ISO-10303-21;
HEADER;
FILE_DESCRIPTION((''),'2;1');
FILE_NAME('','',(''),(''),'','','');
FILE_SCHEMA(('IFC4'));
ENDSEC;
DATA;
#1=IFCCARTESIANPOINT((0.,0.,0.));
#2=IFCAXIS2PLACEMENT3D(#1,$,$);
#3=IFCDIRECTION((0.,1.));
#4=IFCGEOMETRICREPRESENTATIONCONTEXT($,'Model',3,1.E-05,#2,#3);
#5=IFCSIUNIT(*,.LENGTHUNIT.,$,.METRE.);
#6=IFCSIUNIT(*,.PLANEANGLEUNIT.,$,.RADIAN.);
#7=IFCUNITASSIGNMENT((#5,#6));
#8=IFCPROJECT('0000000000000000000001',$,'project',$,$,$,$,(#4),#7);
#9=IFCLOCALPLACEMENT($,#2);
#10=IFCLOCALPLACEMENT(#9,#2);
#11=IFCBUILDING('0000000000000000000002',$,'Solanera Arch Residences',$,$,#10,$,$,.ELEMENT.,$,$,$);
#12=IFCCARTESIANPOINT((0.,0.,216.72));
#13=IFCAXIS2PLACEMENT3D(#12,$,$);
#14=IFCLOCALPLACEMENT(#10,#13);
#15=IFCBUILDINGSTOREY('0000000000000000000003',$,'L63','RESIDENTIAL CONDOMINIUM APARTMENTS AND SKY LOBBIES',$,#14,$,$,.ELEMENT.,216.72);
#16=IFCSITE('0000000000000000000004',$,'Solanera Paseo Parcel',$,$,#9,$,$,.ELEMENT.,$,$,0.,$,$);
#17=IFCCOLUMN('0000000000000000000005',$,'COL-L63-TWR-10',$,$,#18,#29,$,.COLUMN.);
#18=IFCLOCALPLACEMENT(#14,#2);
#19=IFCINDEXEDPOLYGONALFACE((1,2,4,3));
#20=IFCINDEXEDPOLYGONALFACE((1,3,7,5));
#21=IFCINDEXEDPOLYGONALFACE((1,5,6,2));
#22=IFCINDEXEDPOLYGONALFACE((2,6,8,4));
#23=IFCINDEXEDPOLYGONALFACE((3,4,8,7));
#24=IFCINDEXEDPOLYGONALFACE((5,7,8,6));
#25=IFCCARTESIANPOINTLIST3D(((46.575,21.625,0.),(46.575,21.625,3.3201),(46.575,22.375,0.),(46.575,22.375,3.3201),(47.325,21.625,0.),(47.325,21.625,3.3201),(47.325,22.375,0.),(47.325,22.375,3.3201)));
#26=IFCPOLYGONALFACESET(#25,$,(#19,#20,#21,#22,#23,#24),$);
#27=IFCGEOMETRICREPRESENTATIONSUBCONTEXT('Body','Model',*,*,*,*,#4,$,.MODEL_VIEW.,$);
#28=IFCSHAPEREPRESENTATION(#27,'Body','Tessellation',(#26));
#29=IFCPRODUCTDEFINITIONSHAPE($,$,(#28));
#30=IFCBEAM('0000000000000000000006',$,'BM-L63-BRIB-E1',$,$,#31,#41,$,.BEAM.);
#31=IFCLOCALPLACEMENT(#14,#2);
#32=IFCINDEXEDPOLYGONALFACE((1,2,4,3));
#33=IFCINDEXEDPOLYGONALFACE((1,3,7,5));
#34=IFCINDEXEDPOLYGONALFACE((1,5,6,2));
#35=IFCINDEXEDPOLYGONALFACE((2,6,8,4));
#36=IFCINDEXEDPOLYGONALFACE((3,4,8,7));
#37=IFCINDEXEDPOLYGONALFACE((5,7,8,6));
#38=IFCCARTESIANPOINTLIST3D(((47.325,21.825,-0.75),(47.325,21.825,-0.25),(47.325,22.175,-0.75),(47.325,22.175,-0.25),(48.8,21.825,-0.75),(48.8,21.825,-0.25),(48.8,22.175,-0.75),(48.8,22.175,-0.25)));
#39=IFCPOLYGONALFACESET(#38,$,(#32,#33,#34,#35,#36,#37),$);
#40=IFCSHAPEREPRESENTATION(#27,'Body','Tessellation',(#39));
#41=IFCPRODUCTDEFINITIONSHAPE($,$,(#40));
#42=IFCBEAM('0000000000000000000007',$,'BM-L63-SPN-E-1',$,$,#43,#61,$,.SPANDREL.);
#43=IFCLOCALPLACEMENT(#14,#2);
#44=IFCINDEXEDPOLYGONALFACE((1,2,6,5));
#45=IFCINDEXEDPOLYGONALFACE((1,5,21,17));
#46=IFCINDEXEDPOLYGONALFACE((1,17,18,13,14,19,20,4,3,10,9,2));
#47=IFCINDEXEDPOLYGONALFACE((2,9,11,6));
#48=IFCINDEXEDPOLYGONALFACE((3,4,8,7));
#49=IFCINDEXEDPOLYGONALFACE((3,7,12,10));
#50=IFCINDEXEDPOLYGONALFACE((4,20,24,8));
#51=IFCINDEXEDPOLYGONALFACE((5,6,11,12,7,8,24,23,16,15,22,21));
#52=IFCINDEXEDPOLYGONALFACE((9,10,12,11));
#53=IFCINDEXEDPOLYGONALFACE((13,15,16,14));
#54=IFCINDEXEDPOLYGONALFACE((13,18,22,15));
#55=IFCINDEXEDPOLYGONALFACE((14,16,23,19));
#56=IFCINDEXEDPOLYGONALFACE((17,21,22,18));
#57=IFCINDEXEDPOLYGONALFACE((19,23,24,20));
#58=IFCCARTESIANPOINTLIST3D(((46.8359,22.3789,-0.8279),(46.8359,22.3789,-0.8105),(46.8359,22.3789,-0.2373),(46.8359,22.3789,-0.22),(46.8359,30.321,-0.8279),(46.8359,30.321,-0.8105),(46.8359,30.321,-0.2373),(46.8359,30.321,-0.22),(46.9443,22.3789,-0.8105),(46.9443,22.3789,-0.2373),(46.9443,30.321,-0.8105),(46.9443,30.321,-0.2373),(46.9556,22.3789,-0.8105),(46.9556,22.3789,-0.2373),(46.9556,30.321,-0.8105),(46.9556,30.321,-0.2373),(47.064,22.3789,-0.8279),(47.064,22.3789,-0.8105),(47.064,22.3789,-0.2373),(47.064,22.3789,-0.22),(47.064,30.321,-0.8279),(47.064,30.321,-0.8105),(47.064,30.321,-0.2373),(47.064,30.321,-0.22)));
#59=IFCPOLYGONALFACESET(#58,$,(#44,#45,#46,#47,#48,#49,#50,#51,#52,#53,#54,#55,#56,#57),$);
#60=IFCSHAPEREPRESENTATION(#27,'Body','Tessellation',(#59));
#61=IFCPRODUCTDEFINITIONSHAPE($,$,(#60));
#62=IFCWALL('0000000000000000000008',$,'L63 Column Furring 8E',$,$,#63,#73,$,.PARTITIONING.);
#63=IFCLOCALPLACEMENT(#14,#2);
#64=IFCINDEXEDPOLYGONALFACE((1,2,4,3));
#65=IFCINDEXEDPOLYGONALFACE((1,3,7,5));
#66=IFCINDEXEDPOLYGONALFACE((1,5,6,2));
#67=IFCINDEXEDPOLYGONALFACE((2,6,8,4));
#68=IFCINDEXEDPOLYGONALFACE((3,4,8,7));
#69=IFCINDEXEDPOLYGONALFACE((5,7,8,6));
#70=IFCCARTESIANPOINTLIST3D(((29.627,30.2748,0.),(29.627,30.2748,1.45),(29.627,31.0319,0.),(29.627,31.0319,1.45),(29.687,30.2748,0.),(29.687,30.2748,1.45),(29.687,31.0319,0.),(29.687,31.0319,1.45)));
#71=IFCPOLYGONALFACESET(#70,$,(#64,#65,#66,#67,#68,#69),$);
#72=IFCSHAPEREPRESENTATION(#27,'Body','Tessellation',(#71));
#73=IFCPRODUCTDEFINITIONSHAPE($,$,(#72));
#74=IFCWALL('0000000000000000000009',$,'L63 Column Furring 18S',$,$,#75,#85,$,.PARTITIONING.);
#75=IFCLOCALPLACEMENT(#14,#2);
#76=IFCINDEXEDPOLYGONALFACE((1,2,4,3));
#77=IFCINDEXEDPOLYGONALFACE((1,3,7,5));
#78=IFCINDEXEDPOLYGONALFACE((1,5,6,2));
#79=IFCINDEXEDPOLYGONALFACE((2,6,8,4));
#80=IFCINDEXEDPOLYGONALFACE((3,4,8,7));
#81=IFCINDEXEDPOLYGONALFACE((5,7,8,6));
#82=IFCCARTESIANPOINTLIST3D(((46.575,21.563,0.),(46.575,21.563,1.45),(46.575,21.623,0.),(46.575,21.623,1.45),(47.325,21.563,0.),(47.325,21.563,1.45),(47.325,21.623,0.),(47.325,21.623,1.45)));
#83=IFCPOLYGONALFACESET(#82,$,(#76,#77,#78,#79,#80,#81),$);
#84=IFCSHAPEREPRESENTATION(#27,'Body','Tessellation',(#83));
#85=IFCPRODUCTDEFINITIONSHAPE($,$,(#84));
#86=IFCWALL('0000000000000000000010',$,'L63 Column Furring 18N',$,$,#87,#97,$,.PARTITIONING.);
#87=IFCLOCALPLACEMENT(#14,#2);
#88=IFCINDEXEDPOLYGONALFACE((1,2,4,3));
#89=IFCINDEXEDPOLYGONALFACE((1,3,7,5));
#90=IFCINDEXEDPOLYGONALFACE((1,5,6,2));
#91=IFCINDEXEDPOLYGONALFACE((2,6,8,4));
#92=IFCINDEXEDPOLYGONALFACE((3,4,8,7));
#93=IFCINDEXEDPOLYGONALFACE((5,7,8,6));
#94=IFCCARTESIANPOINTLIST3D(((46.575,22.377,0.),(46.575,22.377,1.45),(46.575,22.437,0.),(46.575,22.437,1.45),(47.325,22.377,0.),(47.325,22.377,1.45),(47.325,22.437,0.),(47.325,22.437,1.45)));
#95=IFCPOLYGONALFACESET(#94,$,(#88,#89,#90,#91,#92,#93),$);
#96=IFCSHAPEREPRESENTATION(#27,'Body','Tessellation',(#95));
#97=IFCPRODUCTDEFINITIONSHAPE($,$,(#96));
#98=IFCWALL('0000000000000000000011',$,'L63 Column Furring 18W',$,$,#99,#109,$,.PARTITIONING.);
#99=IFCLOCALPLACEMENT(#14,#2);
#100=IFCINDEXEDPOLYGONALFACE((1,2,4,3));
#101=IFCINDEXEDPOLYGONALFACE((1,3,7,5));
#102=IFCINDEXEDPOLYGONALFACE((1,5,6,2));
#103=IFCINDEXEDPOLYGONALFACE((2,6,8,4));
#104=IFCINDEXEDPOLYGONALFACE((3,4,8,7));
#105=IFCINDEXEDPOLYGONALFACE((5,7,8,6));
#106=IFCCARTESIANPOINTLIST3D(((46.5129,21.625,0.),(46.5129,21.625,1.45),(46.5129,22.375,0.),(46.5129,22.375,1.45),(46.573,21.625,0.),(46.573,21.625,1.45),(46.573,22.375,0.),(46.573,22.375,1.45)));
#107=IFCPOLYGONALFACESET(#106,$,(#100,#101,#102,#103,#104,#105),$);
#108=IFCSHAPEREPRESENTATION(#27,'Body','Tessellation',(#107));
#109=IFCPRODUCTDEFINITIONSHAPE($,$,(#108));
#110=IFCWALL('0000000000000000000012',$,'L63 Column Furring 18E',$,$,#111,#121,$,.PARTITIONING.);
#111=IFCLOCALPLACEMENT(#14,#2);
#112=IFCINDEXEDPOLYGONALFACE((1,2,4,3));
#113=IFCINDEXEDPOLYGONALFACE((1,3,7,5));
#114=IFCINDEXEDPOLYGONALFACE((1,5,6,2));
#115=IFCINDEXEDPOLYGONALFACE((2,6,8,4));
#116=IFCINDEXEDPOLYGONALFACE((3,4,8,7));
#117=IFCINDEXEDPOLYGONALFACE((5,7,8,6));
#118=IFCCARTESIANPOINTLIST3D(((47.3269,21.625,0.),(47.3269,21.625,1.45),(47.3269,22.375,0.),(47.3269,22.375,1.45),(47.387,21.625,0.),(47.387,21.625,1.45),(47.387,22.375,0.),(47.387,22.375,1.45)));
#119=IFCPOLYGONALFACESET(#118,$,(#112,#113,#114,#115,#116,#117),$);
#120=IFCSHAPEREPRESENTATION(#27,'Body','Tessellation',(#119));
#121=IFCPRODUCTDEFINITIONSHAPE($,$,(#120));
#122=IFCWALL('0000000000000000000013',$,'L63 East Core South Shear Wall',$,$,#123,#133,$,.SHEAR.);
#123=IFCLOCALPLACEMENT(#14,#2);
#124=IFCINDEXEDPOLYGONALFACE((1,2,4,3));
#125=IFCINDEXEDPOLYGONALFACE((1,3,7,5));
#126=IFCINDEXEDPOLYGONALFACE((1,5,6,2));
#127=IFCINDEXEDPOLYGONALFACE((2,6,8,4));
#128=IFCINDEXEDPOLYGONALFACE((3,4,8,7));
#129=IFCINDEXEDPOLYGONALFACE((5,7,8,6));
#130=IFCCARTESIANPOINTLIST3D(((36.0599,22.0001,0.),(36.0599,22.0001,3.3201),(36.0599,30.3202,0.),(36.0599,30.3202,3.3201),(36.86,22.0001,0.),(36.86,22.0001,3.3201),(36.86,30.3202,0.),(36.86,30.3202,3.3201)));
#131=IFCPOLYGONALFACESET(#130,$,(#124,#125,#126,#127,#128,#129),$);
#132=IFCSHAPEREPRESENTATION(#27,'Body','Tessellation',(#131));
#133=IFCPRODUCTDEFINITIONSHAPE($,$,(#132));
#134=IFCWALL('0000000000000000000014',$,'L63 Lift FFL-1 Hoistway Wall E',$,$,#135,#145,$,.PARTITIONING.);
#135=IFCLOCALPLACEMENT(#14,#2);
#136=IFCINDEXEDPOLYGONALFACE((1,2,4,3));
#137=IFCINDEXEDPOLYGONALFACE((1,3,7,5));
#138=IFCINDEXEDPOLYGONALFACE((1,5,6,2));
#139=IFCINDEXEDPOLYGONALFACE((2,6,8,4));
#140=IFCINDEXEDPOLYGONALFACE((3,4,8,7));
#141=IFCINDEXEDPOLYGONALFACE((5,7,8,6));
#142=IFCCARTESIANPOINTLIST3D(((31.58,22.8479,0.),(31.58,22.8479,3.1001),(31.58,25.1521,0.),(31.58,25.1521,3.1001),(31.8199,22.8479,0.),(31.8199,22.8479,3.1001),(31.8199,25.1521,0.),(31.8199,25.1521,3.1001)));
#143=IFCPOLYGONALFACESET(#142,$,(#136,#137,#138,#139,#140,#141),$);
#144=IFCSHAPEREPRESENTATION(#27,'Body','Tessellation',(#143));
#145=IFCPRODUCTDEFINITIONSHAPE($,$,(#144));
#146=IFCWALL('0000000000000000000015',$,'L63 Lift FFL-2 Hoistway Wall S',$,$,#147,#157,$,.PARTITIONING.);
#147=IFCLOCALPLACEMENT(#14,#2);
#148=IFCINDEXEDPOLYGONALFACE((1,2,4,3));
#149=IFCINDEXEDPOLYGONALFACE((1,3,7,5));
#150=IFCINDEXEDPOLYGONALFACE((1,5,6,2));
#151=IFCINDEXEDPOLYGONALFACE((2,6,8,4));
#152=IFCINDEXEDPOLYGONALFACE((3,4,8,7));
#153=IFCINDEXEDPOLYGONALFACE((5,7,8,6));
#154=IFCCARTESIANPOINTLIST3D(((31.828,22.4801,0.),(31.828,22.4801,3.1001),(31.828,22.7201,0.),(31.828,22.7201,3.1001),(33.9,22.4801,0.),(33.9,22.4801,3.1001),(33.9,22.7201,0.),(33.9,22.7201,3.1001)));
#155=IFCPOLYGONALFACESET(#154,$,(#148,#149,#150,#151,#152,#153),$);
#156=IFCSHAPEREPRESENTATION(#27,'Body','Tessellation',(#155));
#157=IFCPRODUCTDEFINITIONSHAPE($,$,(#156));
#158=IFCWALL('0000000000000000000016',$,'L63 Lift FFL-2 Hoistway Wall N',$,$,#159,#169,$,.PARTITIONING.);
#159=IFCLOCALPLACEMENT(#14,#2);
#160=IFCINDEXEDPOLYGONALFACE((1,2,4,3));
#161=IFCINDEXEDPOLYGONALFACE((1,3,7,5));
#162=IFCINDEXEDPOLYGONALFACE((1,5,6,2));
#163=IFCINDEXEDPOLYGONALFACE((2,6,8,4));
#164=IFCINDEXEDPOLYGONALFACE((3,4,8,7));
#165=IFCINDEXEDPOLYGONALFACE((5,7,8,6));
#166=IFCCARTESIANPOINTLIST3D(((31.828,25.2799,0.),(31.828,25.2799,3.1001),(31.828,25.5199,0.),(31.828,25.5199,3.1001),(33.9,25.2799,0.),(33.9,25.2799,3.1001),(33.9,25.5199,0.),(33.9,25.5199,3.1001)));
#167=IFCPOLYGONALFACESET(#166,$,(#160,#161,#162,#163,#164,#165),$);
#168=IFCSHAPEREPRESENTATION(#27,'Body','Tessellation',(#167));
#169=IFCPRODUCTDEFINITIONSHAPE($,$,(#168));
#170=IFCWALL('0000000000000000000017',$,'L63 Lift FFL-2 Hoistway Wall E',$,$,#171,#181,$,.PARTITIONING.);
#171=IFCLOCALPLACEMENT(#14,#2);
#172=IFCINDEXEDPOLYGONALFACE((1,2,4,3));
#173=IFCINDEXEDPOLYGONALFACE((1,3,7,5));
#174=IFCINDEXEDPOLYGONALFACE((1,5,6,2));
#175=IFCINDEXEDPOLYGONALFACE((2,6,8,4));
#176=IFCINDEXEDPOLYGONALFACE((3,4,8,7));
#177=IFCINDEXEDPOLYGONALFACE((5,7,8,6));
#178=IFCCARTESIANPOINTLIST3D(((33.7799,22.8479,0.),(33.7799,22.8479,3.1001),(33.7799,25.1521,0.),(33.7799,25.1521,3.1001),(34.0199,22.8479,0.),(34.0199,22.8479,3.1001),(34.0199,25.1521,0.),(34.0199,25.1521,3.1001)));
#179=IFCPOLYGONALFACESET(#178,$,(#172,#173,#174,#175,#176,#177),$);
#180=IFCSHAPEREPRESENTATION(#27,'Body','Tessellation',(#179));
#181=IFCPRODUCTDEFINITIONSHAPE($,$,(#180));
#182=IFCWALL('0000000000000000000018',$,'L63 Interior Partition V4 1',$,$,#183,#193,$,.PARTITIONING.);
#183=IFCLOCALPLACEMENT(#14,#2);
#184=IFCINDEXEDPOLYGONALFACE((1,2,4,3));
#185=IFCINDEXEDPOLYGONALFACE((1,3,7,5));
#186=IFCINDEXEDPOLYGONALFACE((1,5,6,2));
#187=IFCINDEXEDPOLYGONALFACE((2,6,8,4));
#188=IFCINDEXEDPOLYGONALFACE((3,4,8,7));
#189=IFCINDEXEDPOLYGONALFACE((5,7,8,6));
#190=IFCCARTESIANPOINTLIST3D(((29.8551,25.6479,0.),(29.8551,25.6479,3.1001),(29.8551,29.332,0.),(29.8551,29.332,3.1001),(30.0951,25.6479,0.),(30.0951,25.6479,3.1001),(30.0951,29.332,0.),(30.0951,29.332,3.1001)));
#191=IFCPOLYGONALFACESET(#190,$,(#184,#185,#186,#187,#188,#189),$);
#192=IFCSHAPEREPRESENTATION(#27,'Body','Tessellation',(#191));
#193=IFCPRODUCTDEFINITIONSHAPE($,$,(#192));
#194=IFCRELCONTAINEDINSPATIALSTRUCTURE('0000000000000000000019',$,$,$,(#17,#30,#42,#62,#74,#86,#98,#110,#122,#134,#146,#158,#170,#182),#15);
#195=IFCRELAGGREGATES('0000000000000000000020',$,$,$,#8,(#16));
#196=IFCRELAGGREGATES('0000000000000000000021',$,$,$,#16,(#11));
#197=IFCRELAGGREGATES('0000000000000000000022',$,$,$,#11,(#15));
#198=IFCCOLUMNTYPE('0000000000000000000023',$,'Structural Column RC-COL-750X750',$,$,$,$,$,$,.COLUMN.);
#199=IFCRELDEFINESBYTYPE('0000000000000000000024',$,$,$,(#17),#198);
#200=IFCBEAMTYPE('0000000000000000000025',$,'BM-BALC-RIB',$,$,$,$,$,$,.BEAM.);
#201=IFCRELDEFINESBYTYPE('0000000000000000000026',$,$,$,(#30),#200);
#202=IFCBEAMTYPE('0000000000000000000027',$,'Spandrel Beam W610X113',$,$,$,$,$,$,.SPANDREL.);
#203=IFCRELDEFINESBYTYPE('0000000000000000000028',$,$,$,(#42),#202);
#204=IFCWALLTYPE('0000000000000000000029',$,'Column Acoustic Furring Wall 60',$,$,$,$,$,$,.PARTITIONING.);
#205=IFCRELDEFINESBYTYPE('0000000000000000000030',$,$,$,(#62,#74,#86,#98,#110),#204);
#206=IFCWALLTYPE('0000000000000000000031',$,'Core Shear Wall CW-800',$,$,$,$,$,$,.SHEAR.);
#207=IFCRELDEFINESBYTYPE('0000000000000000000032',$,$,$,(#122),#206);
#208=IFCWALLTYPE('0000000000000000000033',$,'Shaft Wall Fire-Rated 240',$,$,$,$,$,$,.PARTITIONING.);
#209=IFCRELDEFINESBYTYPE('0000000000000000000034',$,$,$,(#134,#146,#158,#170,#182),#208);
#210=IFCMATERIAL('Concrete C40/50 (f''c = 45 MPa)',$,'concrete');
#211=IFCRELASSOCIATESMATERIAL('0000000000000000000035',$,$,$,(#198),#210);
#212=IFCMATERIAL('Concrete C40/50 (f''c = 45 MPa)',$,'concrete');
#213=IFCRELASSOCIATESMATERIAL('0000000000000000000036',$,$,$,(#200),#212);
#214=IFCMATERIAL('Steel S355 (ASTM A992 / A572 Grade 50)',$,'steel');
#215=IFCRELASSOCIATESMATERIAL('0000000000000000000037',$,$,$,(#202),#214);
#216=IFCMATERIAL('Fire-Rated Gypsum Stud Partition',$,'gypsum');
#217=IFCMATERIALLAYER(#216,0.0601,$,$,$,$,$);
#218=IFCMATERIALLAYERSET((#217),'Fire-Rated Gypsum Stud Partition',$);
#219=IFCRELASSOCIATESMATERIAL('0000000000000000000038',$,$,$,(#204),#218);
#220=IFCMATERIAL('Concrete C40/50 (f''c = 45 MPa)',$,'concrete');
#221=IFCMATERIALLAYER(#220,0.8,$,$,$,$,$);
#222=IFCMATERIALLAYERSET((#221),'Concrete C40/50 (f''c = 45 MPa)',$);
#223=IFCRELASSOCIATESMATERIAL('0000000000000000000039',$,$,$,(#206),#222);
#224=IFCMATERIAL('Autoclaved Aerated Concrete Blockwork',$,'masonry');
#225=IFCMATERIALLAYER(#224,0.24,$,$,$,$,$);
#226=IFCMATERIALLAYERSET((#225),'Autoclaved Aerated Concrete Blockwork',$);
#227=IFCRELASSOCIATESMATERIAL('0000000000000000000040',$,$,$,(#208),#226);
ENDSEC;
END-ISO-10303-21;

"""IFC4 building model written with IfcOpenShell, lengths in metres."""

from ifc_helpers import new_model, si_unit, direction, frame, frame_2d, origin, origin_2d, place, context, subcontext, project, spatial, rectangle, i_section, extrude, material, layer, layer_set, material_profile, profile_set, type_object, element, save


model = new_model("IFC4")

# Units and contexts
model_context = context("Model", 3, precision=1e-05, world=origin(), true_north=direction((0.0, 1.0)))
body_context = subcontext(model_context, "Body", "Model", "MODEL_VIEW")
ifc_project = project(units=[si_unit("LENGTHUNIT", "METRE"), si_unit("PLANEANGLEUNIT", "RADIAN")], contexts=[model_context])

# Site, building, storey
site_placement = place(None, origin())
site = spatial("IfcSite", under=ifc_project, at=site_placement, Name="Solanera Paseo Parcel", CompositionType="ELEMENT", RefElevation=0.0)
building_placement = place(site_placement, origin())
building = spatial("IfcBuilding", under=site, at=building_placement, Name="Solanera Arch Residences", CompositionType="ELEMENT")
storey_placement = place(building_placement, frame((0.0, 0.0, 216.72)))
storey = spatial("IfcBuildingStorey", under=building, at=storey_placement, Name="L63", Description="RESIDENTIAL CONDOMINIUM APARTMENTS AND SKY LOBBIES", CompositionType="ELEMENT", Elevation=216.72)

# Column
ifc_material_1 = material(Name="Concrete C40/50 (f'c = 45 MPa)", Category="concrete")
ifc_material_profile_1 = material_profile(ifc_material_1, rectangle(XDim=0.75, YDim=0.75, at=origin_2d()))
ifc_profile_set_1 = profile_set([ifc_material_profile_1], Name="Concrete C40/50 (f'c = 45 MPa)")
column_type = type_object("IfcColumnType", Name="Structural Column RC-COL-750X750", PredefinedType="COLUMN", material=ifc_profile_set_1)
column_placement = place(storey_placement, frame((46.95, 22.0, 0.0), z_axis=(0.0, 0.0, 1.0), x_axis=(1.0, 0.0, 0.0)))
element("IfcColumn", 1, at=column_placement, inside=storey, type_object=column_type, Name="COL-L63-TWR-10", PredefinedType="COLUMN", context=body_context, shape_type="SweptSolid", body=[
    extrude(rectangle(XDim=0.75, YDim=0.75, at=origin_2d()), origin(), (0.0, 0.0, 1.0), 3.3201),
])

# Beams
ifc_material_2 = material(Name="Concrete C40/50 (f'c = 45 MPa)", Category="concrete")
ifc_material_profile_2 = material_profile(ifc_material_2, rectangle(XDim=0.3501, YDim=0.5, at=origin_2d()))
ifc_profile_set_2 = profile_set([ifc_material_profile_2], Name="Concrete C40/50 (f'c = 45 MPa)")
beam_type_1 = type_object("IfcBeamType", Name="BM-BALC-RIB", PredefinedType="BEAM", material=ifc_profile_set_2)
beam_1_placement = place(storey_placement, frame((47.325, 22.0, -0.5), z_axis=(1.0, 0.0, 0.0), x_axis=(0.0, 1.0, 0.0)))
element("IfcBeam", 2, at=beam_1_placement, inside=storey, type_object=beam_type_1, Name="BM-L63-BRIB-E1", PredefinedType="BEAM", context=body_context, shape_type="SweptSolid", body=[
    extrude(rectangle(XDim=0.3501, YDim=0.5, at=origin_2d()), origin(), (0.0, 0.0, 1.0), 1.4751),
])
ifc_material_3 = material(Name="Steel S355 (ASTM A992 / A572 Grade 50)", Category="steel")
ifc_material_profile_3 = material_profile(ifc_material_3, i_section(OverallWidth=0.228, OverallDepth=0.6079, WebThickness=0.0112, FlangeThickness=0.0173, at=origin_2d()))
ifc_profile_set_3 = profile_set([ifc_material_profile_3], Name="Steel S355 (ASTM A992 / A572 Grade 50)")
beam_type_2 = type_object("IfcBeamType", Name="Spandrel Beam W610X113", PredefinedType="SPANDREL", material=ifc_profile_set_3)
beam_2_placement = place(storey_placement, frame((46.95, 22.3789, -0.5239), z_axis=(0.0, 1.0, 0.0), x_axis=(-1.0, 0.0, 0.0)))
element("IfcBeam", 3, at=beam_2_placement, inside=storey, type_object=beam_type_2, Name="BM-L63-SPN-E-1", PredefinedType="SPANDREL", context=body_context, shape_type="SweptSolid", body=[
    extrude(i_section(OverallWidth=0.228, OverallDepth=0.6079, WebThickness=0.0112, FlangeThickness=0.0173, at=origin_2d()), origin(), (0.0, 0.0, 1.0), 7.9421),
])

# Walls
ifc_material_4 = material(Name="Fire-Rated Gypsum Stud Partition", Category="gypsum")
ifc_layer_1 = layer(ifc_material_4, 0.0601)
ifc_layer_set_1 = layer_set([ifc_layer_1], Name="Fire-Rated Gypsum Stud Partition")
wall_type_1 = type_object("IfcWallType", Name="Column Acoustic Furring Wall 60", PredefinedType="PARTITIONING", material=ifc_layer_set_1)
wall_1_placement = place(storey_placement, frame((29.657, 30.2749, 0.0), z_axis=(0.0, 0.0, 1.0), x_axis=(0.0, 1.0, 0.0)))
element("IfcWall", 4, at=wall_1_placement, inside=storey, type_object=wall_type_1, Name="L63 Column Furring 8E", PredefinedType="PARTITIONING", context=body_context, shape_type="SweptSolid", body=[
    extrude(rectangle(XDim=0.7571, YDim=0.0601, at=frame_2d((0.3784, 0.0))), origin(), (0.0, 0.0, 1.0), 1.45),
])
for number, where, z_axis, x_axis, name in (
    (5, (46.575, 21.593, 0.0), (0.0, 0.0, 1.0), (1.0, 0.0, 0.0), "L63 Column Furring 18S"),
    (6, (46.575, 22.407, 0.0), (0.0, 0.0, 1.0), (1.0, 0.0, 0.0), "L63 Column Furring 18N"),
    (7, (46.543, 21.625, 0.0), (0.0, 0.0, 1.0), (0.0, 1.0, 0.0), "L63 Column Furring 18W"),
    (8, (47.3569, 21.625, 0.0), (0.0, 0.0, 1.0), (0.0, 1.0, 0.0), "L63 Column Furring 18E"),
):
    element("IfcWall", number, at=place(storey_placement, frame(where, z_axis=z_axis, x_axis=x_axis)), inside=storey, type_object=wall_type_1, Name=name, PredefinedType="PARTITIONING", context=body_context, shape_type="SweptSolid", body=[
        extrude(rectangle(XDim=0.75, YDim=0.0601, at=frame_2d((0.375, 0.0))), origin(), (0.0, 0.0, 1.0), 1.45),
    ])
ifc_material_5 = material(Name="Concrete C40/50 (f'c = 45 MPa)", Category="concrete")
ifc_layer_2 = layer(ifc_material_5, 0.8)
ifc_layer_set_2 = layer_set([ifc_layer_2], Name="Concrete C40/50 (f'c = 45 MPa)")
wall_type_2 = type_object("IfcWallType", Name="Core Shear Wall CW-800", PredefinedType="SHEAR", material=ifc_layer_set_2)
wall_2_placement = place(storey_placement, frame((36.46, 22.0, 0.0), z_axis=(0.0, 0.0, 1.0), x_axis=(0.0, 1.0, 0.0)))
element("IfcWall", 9, at=wall_2_placement, inside=storey, type_object=wall_type_2, Name="L63 East Core South Shear Wall", PredefinedType="SHEAR", context=body_context, shape_type="SweptSolid", body=[
    extrude(rectangle(XDim=8.3201, YDim=0.8, at=frame_2d((4.1602, 0.0))), origin(), (0.0, 0.0, 1.0), 3.3201),
])
ifc_material_6 = material(Name="Autoclaved Aerated Concrete Blockwork", Category="masonry")
ifc_layer_3 = layer(ifc_material_6, 0.24)
ifc_layer_set_3 = layer_set([ifc_layer_3], Name="Autoclaved Aerated Concrete Blockwork")
wall_type_3 = type_object("IfcWallType", Name="Shaft Wall Fire-Rated 240", PredefinedType="PARTITIONING", material=ifc_layer_set_3)
wall_3_placement = place(storey_placement, frame((31.7, 22.8479, 0.0), z_axis=(0.0, 0.0, 1.0), x_axis=(0.0, 1.0, 0.0)))
element("IfcWall", 10, at=wall_3_placement, inside=storey, type_object=wall_type_3, Name="L63 Lift FFL-1 Hoistway Wall E", PredefinedType="PARTITIONING", context=body_context, shape_type="SweptSolid", body=[
    extrude(rectangle(XDim=2.3042, YDim=0.24, at=frame_2d((1.1521, 0.0))), origin(), (0.0, 0.0, 1.0), 3.1001),
])
for number, where, z_axis, x_axis, name in (
    (11, (31.8279, 22.6001, 0.0), (0.0, 0.0, 1.0), (1.0, 0.0, 0.0), "L63 Lift FFL-2 Hoistway Wall S"),
    (12, (31.8279, 25.3999, 0.0), (0.0, 0.0, 1.0), (1.0, 0.0, 0.0), "L63 Lift FFL-2 Hoistway Wall N"),
):
    element("IfcWall", number, at=place(storey_placement, frame(where, z_axis=z_axis, x_axis=x_axis)), inside=storey, type_object=wall_type_3, Name=name, PredefinedType="PARTITIONING", context=body_context, shape_type="SweptSolid", body=[
        extrude(rectangle(XDim=2.072, YDim=0.24, at=frame_2d((1.0361, 0.0))), origin(), (0.0, 0.0, 1.0), 3.1001),
    ])
wall_4_placement = place(storey_placement, frame((33.8999, 22.8479, 0.0), z_axis=(0.0, 0.0, 1.0), x_axis=(0.0, 1.0, 0.0)))
element("IfcWall", 13, at=wall_4_placement, inside=storey, type_object=wall_type_3, Name="L63 Lift FFL-2 Hoistway Wall E", PredefinedType="PARTITIONING", context=body_context, shape_type="SweptSolid", body=[
    extrude(rectangle(XDim=2.3042, YDim=0.24, at=frame_2d((1.1521, 0.0))), origin(), (0.0, 0.0, 1.0), 3.1001),
])
wall_5_placement = place(storey_placement, frame((29.9751, 25.6479, 0.0), z_axis=(0.0, 0.0, 1.0), x_axis=(0.0, 1.0, 0.0)))
element("IfcWall", 14, at=wall_5_placement, inside=storey, type_object=wall_type_3, Name="L63 Interior Partition V4 1", PredefinedType="PARTITIONING", context=body_context, shape_type="SweptSolid", body=[
    extrude(rectangle(XDim=3.6841, YDim=0.24, at=frame_2d((1.842, 0.0))), origin(), (0.0, 0.0, 1.0), 3.1001),
])

save(model, "model.ifc")
